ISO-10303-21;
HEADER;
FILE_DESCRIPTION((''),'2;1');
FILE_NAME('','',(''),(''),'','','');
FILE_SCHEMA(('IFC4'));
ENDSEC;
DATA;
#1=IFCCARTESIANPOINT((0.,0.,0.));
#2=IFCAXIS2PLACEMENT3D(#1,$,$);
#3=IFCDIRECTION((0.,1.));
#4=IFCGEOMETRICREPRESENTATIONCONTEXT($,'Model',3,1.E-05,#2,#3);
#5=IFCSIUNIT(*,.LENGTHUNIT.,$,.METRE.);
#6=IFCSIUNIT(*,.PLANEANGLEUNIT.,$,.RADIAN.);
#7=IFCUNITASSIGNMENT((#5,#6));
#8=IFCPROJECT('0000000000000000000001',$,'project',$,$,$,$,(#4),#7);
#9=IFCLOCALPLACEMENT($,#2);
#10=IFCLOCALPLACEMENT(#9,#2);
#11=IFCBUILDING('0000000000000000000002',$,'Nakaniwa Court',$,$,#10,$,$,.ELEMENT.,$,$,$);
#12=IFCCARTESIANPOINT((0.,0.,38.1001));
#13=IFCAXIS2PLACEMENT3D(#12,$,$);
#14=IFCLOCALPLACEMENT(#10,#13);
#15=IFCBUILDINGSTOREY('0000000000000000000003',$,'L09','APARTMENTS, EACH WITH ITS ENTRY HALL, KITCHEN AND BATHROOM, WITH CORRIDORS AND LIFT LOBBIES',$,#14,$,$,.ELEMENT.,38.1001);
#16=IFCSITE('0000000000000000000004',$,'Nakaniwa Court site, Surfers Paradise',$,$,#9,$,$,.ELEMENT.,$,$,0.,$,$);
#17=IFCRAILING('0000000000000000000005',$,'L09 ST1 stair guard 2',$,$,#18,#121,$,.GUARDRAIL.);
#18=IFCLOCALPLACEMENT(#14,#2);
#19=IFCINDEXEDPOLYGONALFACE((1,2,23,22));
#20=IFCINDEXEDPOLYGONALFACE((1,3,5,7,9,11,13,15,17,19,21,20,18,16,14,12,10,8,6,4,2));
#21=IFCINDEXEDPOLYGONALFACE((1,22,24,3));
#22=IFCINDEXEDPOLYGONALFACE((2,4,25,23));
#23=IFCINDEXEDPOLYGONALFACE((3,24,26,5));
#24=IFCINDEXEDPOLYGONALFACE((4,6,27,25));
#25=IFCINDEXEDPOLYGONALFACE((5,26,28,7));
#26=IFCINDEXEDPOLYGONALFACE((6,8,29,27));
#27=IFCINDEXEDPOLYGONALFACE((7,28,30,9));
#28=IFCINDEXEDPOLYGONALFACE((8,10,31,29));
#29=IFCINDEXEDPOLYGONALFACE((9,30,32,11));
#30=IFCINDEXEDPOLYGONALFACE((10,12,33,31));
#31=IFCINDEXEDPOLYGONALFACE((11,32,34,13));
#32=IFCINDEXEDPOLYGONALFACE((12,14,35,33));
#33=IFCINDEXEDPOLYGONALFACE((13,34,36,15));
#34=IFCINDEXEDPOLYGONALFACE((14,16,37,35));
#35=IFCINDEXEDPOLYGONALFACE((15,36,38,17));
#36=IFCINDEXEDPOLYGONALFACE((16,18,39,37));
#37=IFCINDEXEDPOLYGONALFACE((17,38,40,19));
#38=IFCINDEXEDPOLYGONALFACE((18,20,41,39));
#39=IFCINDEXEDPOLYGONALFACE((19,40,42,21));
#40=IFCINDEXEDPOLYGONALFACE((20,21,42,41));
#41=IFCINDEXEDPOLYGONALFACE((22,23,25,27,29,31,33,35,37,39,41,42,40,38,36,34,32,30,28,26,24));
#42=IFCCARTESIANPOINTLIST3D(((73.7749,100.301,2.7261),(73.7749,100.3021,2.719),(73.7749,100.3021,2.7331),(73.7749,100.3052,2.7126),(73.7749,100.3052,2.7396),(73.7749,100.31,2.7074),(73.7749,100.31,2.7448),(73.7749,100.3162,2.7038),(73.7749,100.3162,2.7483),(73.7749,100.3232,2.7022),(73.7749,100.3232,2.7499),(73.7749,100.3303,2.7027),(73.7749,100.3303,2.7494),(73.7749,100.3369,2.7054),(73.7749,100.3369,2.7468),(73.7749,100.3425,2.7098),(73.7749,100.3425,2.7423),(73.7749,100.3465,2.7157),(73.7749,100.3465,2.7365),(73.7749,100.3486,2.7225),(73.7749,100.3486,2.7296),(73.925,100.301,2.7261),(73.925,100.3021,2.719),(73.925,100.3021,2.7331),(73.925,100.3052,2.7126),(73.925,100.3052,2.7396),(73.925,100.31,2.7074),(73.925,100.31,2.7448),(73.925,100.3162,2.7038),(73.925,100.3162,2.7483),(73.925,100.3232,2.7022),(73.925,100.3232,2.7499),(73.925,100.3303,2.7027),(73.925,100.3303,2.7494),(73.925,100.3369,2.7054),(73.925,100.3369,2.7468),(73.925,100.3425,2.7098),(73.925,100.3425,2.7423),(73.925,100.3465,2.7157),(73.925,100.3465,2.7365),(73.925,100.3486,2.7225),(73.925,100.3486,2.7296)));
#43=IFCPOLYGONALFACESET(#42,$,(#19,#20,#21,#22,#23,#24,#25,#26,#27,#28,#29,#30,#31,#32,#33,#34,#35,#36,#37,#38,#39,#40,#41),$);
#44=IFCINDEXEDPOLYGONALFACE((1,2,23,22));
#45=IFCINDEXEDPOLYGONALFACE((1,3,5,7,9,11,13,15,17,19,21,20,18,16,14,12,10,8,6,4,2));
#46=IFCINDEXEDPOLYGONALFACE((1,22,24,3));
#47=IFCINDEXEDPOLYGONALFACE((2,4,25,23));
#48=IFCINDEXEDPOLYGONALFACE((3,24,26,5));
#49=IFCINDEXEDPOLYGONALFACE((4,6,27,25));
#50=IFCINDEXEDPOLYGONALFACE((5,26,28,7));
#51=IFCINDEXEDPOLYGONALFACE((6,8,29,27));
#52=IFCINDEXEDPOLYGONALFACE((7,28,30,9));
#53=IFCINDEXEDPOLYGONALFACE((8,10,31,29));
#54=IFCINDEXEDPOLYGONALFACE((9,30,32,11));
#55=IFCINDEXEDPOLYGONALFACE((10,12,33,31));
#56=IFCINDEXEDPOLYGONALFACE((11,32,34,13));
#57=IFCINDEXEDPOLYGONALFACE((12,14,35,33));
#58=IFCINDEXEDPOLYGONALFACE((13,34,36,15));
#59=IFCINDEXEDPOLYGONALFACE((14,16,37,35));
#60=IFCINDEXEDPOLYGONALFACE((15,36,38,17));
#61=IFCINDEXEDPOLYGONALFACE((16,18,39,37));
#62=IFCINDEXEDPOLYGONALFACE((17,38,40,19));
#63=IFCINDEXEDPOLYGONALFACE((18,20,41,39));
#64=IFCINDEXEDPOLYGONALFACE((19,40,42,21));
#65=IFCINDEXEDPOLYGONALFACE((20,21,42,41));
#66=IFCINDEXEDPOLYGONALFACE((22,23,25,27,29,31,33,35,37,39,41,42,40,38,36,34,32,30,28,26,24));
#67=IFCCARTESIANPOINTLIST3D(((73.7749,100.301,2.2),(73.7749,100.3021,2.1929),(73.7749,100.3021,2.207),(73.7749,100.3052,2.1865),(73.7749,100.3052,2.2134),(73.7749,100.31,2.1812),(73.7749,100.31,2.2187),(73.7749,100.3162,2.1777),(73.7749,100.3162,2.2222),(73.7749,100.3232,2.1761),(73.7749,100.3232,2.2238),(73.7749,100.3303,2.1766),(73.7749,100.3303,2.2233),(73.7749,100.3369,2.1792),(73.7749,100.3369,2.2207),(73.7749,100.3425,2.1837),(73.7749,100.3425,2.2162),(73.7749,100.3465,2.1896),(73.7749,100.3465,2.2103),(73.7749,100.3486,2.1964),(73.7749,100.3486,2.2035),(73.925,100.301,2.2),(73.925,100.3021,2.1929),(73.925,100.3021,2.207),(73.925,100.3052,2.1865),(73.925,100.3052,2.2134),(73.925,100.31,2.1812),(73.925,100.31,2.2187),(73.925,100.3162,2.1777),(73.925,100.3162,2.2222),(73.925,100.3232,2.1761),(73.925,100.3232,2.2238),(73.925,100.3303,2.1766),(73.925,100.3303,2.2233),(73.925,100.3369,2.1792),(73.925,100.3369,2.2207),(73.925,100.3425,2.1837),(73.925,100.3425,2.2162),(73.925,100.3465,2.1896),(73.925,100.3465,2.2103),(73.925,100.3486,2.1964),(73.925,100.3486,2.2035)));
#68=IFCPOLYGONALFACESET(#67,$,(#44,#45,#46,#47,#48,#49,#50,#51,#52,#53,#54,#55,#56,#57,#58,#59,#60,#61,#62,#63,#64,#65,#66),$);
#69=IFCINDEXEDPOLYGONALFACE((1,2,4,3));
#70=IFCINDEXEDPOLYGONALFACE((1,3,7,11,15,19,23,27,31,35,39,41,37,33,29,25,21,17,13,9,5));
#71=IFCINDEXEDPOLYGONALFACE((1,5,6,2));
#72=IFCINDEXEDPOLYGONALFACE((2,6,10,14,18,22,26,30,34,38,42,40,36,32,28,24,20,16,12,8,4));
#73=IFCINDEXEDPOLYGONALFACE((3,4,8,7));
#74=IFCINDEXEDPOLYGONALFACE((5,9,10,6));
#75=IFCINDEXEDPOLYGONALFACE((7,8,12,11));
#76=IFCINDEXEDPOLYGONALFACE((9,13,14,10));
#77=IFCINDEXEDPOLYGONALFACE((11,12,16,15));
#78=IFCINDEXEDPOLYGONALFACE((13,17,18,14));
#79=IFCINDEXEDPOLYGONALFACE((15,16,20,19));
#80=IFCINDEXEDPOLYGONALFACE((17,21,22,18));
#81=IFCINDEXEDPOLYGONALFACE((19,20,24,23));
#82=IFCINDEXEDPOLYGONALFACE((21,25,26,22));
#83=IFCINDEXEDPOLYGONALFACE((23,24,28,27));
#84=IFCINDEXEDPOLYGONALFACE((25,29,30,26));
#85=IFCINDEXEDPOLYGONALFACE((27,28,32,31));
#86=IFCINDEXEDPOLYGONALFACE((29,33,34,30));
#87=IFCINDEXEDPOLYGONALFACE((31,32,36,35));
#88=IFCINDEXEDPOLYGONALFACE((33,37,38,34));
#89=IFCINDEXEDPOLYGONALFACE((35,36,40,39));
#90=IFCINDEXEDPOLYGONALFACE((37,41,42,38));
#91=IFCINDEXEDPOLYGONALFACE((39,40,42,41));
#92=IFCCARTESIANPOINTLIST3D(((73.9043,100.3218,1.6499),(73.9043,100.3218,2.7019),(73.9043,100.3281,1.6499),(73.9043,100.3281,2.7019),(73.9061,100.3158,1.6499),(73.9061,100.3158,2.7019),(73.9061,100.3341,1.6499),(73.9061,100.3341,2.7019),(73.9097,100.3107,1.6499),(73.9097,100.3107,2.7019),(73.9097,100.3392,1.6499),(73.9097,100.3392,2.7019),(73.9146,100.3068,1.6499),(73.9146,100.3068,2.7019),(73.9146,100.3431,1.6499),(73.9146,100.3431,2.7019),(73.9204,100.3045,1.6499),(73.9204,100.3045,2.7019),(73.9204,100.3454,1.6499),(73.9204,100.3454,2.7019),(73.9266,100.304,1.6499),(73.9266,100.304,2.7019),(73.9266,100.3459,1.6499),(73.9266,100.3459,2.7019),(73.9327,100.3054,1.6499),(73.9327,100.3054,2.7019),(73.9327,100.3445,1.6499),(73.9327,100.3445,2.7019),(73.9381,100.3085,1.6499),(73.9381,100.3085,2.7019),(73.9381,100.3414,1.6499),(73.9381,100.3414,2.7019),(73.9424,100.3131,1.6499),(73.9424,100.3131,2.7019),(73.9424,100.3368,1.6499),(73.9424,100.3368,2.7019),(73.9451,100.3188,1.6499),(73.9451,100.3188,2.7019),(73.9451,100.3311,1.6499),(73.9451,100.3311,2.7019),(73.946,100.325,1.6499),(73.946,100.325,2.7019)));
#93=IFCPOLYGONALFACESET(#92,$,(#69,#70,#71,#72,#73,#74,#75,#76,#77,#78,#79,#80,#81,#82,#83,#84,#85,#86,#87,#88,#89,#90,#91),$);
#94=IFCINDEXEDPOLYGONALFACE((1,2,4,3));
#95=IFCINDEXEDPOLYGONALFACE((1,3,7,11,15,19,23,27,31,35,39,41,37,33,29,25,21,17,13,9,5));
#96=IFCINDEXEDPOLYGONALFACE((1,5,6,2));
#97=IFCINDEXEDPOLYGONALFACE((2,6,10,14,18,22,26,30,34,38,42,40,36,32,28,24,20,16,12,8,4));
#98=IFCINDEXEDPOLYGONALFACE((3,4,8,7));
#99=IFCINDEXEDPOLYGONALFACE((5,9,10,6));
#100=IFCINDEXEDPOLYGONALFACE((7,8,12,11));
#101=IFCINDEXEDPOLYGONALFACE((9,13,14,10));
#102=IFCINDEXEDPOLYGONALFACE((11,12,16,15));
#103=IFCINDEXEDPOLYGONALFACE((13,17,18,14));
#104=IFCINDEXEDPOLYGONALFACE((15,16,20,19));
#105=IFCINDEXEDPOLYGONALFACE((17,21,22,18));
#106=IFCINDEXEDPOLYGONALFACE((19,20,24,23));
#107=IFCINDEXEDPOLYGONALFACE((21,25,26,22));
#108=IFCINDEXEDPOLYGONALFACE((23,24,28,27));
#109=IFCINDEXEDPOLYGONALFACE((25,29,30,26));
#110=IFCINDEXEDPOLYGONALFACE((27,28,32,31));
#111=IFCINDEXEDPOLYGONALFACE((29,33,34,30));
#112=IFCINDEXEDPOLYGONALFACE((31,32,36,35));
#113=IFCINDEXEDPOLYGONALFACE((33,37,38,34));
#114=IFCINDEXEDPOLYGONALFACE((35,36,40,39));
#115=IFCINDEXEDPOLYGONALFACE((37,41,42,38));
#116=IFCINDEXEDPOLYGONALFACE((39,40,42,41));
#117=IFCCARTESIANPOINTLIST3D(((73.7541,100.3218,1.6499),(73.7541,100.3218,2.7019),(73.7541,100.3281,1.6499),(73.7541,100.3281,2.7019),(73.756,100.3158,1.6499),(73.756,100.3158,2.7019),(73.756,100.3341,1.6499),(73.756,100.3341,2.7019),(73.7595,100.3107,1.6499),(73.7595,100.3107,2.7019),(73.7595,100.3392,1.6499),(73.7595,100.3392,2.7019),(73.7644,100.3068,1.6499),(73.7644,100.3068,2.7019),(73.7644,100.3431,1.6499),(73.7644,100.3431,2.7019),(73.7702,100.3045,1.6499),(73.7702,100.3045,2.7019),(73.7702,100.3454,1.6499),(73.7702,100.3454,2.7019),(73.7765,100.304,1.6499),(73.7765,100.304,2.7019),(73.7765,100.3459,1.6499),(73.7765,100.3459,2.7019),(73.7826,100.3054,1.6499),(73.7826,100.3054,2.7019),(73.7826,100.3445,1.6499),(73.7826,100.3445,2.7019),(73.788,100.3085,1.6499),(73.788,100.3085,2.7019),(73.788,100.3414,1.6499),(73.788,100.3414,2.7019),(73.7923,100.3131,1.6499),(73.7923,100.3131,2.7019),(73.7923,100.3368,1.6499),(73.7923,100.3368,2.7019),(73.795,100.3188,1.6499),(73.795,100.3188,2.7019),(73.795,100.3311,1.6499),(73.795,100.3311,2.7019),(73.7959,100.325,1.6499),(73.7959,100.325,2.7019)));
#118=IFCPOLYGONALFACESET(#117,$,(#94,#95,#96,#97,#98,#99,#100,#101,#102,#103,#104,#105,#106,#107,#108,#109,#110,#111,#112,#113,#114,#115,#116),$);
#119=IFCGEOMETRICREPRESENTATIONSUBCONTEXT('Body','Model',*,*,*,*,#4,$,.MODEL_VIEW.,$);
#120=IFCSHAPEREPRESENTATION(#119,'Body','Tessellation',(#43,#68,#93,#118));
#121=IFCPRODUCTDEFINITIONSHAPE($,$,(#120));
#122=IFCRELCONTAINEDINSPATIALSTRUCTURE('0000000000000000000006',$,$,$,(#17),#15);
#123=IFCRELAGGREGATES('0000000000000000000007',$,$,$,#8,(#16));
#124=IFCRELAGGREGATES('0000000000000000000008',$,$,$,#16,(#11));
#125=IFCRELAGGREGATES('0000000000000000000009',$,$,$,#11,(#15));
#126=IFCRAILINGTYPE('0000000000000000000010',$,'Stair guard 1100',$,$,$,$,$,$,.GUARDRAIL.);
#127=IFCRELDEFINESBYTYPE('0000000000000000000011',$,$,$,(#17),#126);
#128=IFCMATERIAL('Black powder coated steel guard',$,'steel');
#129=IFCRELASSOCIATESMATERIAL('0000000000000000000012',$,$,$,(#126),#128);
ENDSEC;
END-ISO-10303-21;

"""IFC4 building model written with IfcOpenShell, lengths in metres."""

from ifc_helpers import new_model, si_unit, direction, frame, origin, origin_2d, place, context, subcontext, project, spatial, circle, extrude, material, type_object, element, save


model = new_model("IFC4")

# Units and contexts
model_context = context("Model", 3, precision=1e-05, world=origin(), true_north=direction((0.0, 1.0)))
body_context = subcontext(model_context, "Body", "Model", "MODEL_VIEW")
ifc_project = project(units=[si_unit("LENGTHUNIT", "METRE"), si_unit("PLANEANGLEUNIT", "RADIAN")], contexts=[model_context])

# Site, building, storey
site_placement = place(None, origin())
site = spatial("IfcSite", under=ifc_project, at=site_placement, Name="Nakaniwa Court site, Surfers Paradise", CompositionType="ELEMENT", RefElevation=0.0)
building_placement = place(site_placement, origin())
building = spatial("IfcBuilding", under=site, at=building_placement, Name="Nakaniwa Court", CompositionType="ELEMENT")
storey_placement = place(building_placement, frame((0.0, 0.0, 38.1001)))
storey = spatial("IfcBuildingStorey", under=building, at=storey_placement, Name="L09", Description="APARTMENTS, EACH WITH ITS ENTRY HALL, KITCHEN AND BATHROOM, WITH CORRIDORS AND LIFT LOBBIES", CompositionType="ELEMENT", Elevation=38.1001)

# Railing
ifc_material_1 = material(Name="Black powder coated steel guard", Category="steel")
railing_type_1 = type_object("IfcRailingType", Name="Stair guard 1100", PredefinedType="GUARDRAIL", material=ifc_material_1)
railing_1_placement = place(storey_placement, frame((73.925, 100.325, 1.6499)))
element("IfcRailing", 1, at=railing_1_placement, inside=storey, type_object=railing_type_1, Name="L09 ST1 stair guard 2", PredefinedType="GUARDRAIL", context=body_context, shape_type="SweptSolid", body=[
    extrude(circle(Radius=0.0239, at=origin_2d()), frame((0.0, 0.0, 1.0762), z_axis=(-1.0, 0.0, 0.0), x_axis=(0.0, -1.0, 0.0)), (0.0, 0.0, 1.0), 0.1501),
    extrude(circle(Radius=0.0239, at=origin_2d()), frame((0.0, 0.0, 0.55), z_axis=(-1.0, 0.0, 0.0), x_axis=(0.0, -1.0, 0.0)), (0.0, 0.0, 1.0), 0.1501),
    extrude(circle(Radius=0.021, at=origin_2d()), origin(), (0.0, 0.0, 1.0), 1.052),
    extrude(circle(Radius=0.021, at=origin_2d()), frame((-0.1501, 0.0, 0.0)), (0.0, 0.0, 1.0), 1.052),
])

save(model, "model.ifc")
